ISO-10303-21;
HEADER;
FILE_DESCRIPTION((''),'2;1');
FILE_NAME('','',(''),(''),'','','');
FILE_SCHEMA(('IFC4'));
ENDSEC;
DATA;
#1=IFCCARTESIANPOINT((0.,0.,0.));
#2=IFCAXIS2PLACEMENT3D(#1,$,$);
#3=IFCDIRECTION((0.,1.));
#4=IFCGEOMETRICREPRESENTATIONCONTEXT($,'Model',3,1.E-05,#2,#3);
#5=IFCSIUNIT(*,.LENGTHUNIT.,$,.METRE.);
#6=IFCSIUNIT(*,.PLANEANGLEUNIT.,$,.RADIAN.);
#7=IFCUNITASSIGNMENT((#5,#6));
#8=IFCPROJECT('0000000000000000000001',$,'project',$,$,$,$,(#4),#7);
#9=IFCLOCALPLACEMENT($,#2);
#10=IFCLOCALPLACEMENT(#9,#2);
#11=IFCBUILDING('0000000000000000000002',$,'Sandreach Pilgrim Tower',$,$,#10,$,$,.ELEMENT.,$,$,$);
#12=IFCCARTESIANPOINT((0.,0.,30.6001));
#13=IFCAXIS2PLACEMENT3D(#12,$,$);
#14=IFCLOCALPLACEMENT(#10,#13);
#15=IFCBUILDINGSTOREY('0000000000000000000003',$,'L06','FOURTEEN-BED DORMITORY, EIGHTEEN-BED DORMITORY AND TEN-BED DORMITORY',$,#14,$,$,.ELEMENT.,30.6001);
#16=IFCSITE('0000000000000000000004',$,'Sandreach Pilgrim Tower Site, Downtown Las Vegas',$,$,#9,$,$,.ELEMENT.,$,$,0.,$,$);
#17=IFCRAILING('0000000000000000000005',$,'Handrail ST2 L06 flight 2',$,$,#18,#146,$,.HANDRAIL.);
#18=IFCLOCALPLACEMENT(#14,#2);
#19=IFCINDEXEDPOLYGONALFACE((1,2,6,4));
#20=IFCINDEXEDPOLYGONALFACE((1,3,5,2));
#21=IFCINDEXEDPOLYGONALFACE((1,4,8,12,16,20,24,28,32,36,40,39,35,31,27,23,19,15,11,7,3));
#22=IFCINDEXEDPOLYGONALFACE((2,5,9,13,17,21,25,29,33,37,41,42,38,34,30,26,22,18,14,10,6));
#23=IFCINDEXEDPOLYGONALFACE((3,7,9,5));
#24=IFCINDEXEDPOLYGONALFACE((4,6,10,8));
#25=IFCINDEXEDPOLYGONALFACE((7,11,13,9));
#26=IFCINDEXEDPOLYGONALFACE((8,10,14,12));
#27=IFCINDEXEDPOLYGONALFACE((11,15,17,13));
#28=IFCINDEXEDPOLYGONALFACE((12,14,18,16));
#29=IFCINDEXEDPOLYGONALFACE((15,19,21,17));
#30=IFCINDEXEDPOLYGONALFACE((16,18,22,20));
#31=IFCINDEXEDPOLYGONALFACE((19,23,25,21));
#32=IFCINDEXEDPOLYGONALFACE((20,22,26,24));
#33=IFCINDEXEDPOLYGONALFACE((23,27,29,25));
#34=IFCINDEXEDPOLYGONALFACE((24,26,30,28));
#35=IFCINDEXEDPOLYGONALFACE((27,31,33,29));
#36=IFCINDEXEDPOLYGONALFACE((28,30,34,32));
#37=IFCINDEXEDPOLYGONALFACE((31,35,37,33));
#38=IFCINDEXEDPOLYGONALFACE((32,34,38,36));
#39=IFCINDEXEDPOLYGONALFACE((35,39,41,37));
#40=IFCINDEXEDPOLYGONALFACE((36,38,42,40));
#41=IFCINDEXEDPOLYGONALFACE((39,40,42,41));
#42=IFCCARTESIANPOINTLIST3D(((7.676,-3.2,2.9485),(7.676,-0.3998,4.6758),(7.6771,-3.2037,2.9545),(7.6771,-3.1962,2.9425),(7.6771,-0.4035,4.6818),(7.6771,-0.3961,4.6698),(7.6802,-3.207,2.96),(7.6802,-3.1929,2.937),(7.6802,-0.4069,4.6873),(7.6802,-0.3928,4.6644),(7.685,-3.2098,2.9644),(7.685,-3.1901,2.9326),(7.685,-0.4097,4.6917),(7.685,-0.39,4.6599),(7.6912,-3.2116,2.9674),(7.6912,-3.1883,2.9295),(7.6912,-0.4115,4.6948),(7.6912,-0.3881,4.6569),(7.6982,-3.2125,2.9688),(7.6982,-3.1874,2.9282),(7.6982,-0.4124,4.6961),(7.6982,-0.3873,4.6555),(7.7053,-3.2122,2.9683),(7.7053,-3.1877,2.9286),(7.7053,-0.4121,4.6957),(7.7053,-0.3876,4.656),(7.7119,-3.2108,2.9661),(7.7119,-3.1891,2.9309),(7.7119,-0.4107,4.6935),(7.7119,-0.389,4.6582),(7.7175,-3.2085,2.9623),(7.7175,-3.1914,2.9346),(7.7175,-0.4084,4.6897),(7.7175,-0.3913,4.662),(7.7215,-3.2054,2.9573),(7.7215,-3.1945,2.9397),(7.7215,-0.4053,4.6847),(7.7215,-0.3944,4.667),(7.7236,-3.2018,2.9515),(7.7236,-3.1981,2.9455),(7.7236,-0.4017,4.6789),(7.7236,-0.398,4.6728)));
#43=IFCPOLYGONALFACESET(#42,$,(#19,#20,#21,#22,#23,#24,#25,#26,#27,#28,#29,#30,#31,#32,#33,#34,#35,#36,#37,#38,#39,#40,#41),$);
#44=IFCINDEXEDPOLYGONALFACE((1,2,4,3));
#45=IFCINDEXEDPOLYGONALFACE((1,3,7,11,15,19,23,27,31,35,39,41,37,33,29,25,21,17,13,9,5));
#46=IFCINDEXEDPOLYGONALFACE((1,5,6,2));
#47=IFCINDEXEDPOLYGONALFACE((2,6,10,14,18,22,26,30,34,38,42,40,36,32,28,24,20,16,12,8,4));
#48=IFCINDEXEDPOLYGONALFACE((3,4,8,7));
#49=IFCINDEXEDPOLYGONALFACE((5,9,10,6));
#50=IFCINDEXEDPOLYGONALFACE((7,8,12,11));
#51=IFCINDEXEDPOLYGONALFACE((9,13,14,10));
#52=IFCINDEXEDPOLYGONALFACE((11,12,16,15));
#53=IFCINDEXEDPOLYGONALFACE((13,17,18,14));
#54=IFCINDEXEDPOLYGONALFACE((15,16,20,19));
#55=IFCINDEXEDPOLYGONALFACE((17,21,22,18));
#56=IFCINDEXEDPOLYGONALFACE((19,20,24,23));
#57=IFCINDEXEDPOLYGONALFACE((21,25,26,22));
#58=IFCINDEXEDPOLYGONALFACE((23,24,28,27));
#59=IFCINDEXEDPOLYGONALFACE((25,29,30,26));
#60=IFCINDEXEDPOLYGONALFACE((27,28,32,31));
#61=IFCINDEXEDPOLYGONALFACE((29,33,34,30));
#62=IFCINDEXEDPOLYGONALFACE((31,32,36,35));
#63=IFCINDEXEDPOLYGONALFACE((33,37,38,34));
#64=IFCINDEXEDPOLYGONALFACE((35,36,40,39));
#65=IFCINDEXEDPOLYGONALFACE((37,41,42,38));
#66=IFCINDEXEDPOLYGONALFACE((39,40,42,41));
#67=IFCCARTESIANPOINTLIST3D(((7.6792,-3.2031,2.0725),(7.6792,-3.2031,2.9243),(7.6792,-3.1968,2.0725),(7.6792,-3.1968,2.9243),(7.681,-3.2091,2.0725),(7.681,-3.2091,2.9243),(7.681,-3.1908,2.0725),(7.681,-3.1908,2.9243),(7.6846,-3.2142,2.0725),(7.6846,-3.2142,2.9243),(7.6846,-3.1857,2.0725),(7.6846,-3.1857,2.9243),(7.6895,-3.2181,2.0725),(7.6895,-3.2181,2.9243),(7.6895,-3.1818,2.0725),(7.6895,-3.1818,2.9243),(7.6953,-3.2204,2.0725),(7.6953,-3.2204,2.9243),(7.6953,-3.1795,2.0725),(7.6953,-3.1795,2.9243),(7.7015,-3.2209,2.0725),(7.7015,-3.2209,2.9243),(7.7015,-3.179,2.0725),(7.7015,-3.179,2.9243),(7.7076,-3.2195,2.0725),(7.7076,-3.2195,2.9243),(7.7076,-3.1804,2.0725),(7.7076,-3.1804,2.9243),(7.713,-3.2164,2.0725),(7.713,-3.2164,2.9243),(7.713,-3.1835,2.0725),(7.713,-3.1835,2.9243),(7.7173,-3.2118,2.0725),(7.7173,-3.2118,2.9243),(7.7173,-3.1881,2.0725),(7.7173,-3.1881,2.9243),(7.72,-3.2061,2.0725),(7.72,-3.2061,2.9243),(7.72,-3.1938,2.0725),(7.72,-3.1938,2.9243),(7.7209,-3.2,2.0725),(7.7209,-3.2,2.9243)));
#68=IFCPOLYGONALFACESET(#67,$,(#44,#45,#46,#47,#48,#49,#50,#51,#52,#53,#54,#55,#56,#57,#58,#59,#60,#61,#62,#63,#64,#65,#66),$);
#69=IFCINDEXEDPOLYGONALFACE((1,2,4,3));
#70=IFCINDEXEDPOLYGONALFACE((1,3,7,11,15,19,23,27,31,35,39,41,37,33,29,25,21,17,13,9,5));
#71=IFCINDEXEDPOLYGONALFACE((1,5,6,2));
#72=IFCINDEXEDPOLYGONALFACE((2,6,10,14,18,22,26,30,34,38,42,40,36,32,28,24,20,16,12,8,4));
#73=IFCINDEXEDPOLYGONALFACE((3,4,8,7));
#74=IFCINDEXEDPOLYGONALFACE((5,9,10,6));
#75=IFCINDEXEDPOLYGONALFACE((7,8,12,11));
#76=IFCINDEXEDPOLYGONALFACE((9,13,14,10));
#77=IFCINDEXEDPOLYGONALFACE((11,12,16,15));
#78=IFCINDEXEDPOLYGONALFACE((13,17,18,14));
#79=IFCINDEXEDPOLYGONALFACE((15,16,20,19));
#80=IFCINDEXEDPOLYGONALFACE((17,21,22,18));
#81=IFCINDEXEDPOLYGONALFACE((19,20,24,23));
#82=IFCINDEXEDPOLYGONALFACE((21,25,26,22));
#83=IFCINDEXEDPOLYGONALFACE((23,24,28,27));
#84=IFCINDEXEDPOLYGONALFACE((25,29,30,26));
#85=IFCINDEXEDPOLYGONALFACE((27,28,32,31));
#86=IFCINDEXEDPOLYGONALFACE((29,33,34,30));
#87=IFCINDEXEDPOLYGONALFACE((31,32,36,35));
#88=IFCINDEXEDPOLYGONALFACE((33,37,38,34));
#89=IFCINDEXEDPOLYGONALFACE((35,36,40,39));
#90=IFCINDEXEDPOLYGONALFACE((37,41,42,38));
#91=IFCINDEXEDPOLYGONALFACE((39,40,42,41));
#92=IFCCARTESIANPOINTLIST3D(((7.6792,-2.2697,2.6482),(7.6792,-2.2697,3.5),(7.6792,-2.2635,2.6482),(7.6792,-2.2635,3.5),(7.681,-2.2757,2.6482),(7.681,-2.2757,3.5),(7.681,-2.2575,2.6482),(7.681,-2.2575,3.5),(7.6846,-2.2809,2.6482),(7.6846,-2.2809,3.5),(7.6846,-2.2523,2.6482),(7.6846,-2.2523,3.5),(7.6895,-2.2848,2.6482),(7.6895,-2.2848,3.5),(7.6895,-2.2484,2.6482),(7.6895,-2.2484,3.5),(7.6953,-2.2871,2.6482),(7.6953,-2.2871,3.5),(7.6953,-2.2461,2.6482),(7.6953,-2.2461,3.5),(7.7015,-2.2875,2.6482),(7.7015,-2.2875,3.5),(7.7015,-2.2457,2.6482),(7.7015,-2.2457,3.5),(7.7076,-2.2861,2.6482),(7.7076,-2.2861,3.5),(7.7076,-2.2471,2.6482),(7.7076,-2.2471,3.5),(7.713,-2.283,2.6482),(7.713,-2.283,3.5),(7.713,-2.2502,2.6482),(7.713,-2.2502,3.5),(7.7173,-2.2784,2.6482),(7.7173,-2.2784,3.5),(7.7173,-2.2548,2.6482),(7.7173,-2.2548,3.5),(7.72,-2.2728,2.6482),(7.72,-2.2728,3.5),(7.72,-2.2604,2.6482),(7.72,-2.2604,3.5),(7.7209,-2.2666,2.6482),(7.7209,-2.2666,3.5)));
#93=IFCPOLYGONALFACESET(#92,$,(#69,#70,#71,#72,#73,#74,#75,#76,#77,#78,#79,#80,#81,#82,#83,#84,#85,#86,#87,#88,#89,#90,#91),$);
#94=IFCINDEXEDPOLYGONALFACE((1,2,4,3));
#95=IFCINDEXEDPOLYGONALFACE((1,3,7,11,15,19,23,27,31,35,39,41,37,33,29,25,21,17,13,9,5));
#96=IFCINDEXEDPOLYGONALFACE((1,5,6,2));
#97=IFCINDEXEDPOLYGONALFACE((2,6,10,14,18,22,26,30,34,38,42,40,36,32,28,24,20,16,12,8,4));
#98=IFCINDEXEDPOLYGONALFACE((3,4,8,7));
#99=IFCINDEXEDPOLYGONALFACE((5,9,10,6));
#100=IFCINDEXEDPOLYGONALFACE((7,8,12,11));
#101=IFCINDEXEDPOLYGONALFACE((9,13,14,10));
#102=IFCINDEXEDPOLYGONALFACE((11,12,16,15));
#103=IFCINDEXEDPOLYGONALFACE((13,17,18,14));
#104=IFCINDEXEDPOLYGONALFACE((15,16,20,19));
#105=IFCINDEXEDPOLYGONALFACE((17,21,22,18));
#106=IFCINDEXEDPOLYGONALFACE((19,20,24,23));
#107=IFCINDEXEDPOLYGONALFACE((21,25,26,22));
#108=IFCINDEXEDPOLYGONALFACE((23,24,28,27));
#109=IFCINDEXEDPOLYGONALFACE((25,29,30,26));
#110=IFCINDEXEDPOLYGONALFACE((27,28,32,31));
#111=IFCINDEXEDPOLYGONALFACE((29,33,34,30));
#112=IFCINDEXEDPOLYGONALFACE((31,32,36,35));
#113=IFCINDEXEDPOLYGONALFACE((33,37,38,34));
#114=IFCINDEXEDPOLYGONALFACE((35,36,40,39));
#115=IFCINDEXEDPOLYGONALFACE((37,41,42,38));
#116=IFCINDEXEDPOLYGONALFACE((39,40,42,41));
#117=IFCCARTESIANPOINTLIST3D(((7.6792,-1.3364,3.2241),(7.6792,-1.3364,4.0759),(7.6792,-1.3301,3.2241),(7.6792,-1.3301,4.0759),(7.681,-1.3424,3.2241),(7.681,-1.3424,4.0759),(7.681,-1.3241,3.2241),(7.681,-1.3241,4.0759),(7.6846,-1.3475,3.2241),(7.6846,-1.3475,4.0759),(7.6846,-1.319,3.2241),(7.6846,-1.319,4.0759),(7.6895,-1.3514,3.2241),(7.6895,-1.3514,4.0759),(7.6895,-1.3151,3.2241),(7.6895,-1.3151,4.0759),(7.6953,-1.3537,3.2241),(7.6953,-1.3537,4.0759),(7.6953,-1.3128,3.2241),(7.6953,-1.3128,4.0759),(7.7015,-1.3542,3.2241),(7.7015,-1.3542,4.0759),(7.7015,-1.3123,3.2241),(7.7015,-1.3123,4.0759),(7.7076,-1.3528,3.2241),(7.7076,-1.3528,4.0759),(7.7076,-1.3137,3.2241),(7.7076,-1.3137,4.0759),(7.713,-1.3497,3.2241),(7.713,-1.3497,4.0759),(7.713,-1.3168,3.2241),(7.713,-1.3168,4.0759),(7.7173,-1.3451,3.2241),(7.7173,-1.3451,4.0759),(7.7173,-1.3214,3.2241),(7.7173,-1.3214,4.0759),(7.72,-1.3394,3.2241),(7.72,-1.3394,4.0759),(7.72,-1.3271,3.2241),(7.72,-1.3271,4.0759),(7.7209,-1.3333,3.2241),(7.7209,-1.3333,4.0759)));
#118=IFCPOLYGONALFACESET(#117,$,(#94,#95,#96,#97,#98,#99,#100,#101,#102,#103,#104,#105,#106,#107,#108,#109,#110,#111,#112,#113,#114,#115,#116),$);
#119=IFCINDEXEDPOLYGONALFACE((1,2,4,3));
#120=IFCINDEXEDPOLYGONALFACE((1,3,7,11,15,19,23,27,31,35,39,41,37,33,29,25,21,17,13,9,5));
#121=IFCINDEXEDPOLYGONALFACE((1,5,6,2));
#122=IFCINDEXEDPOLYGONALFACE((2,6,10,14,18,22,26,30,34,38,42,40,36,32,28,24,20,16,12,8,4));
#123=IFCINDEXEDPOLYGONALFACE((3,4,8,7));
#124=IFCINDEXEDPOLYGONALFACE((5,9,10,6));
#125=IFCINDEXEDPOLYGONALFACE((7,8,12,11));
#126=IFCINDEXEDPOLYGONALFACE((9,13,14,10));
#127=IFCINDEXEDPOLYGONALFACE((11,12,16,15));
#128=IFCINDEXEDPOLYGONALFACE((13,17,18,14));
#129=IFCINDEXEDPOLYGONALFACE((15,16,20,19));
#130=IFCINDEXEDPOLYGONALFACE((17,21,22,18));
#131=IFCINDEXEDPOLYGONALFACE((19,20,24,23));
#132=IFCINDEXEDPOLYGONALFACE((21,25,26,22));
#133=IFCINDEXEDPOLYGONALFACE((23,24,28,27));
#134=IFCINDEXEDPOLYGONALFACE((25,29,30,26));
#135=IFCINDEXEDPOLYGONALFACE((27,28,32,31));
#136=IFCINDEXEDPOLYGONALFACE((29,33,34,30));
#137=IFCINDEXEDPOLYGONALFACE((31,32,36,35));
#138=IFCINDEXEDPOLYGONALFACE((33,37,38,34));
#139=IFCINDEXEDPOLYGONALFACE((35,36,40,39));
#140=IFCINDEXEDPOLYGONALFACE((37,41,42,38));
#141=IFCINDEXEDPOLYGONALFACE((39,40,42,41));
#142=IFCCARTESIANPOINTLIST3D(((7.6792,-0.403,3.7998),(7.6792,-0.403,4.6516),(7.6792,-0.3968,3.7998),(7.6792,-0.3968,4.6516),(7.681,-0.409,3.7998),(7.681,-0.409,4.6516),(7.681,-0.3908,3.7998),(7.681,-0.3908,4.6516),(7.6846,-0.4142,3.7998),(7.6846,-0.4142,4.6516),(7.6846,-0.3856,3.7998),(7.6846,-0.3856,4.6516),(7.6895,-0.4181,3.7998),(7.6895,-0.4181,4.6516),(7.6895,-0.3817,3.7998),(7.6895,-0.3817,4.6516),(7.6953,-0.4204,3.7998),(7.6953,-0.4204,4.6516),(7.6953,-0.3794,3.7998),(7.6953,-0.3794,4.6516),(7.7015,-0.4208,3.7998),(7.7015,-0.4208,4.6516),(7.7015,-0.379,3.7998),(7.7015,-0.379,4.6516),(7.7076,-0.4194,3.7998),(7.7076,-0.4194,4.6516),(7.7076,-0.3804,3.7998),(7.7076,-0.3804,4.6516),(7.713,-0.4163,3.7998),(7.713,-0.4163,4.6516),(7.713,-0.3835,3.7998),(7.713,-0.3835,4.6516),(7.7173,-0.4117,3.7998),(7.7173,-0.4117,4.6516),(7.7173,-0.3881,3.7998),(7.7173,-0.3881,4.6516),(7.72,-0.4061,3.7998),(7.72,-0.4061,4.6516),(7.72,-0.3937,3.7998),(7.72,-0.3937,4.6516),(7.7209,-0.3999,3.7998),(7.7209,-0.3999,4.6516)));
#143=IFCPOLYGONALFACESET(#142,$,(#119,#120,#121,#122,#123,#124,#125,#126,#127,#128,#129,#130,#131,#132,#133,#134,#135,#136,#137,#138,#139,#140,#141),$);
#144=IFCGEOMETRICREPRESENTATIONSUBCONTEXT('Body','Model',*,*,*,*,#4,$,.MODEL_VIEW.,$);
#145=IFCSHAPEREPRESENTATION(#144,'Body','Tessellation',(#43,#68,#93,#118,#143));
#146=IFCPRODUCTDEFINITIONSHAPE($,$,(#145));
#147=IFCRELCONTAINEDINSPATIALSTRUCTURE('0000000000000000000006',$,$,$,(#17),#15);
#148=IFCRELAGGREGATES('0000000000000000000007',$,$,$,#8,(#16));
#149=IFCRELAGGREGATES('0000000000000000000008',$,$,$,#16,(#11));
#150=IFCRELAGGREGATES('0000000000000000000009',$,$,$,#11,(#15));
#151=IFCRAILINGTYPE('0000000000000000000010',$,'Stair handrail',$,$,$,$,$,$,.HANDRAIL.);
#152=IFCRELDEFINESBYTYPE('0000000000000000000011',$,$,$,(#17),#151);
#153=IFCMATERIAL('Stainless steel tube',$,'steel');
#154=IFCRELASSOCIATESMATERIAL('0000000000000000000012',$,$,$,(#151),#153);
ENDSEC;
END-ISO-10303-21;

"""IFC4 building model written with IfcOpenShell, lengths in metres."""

from ifc_helpers import new_model, si_unit, direction, frame, origin, origin_2d, place, context, subcontext, project, spatial, circle, extrude, material, type_object, element, save


model = new_model("IFC4")

# Units and contexts
model_context = context("Model", 3, precision=1e-05, world=origin(), true_north=direction((0.0, 1.0)))
body_context = subcontext(model_context, "Body", "Model", "MODEL_VIEW")
ifc_project = project(units=[si_unit("LENGTHUNIT", "METRE"), si_unit("PLANEANGLEUNIT", "RADIAN")], contexts=[model_context])

# Site, building, storey
site_placement = place(None, origin())
site = spatial("IfcSite", under=ifc_project, at=site_placement, Name="Sandreach Pilgrim Tower Site, Downtown Las Vegas", CompositionType="ELEMENT", RefElevation=0.0)
building_placement = place(site_placement, origin())
building = spatial("IfcBuilding", under=site, at=building_placement, Name="Sandreach Pilgrim Tower", CompositionType="ELEMENT")
storey_placement = place(building_placement, frame((0.0, 0.0, 30.6001)))
storey = spatial("IfcBuildingStorey", under=building, at=storey_placement, Name="L06", Description="FOURTEEN-BED DORMITORY, EIGHTEEN-BED DORMITORY AND TEN-BED DORMITORY", CompositionType="ELEMENT", Elevation=30.6001)

# Railing
ifc_material_1 = material(Name="Stainless steel tube", Category="steel")
railing_type = type_object("IfcRailingType", Name="Stair handrail", PredefinedType="HANDRAIL", material=ifc_material_1)
for number, where, name in (
    (1, (7.7, -3.2, 2.0725), "Handrail ST2 L06 flight 2"),
):
    element("IfcRailing", number, at=place(storey_placement, frame(where)), inside=storey, type_object=railing_type, Name=name, PredefinedType="HANDRAIL", context=body_context, shape_type="SweptSolid", body=[
        extrude(circle(Radius=0.0239, at=origin_2d()), frame((0.0, 0.0, 0.876), z_axis=(0.0, 0.85109, 0.52502), x_axis=(-1.0, 0.0, 0.0)), (0.0, 0.0, 1.0), 3.29),
        extrude(circle(Radius=0.021, at=origin_2d()), origin(), (0.0, 0.0, 1.0), 0.8518),
        extrude(circle(Radius=0.021, at=origin_2d()), frame((0.0, 0.9333, 0.5757)), (0.0, 0.0, 1.0), 0.8518),
        extrude(circle(Radius=0.021, at=origin_2d()), frame((0.0, 1.8667, 1.1516)), (0.0, 0.0, 1.0), 0.8518),
        extrude(circle(Radius=0.021, at=origin_2d()), frame((0.0, 2.8, 1.7273)), (0.0, 0.0, 1.0), 0.8518),
    ])

save(model, "model.ifc")
